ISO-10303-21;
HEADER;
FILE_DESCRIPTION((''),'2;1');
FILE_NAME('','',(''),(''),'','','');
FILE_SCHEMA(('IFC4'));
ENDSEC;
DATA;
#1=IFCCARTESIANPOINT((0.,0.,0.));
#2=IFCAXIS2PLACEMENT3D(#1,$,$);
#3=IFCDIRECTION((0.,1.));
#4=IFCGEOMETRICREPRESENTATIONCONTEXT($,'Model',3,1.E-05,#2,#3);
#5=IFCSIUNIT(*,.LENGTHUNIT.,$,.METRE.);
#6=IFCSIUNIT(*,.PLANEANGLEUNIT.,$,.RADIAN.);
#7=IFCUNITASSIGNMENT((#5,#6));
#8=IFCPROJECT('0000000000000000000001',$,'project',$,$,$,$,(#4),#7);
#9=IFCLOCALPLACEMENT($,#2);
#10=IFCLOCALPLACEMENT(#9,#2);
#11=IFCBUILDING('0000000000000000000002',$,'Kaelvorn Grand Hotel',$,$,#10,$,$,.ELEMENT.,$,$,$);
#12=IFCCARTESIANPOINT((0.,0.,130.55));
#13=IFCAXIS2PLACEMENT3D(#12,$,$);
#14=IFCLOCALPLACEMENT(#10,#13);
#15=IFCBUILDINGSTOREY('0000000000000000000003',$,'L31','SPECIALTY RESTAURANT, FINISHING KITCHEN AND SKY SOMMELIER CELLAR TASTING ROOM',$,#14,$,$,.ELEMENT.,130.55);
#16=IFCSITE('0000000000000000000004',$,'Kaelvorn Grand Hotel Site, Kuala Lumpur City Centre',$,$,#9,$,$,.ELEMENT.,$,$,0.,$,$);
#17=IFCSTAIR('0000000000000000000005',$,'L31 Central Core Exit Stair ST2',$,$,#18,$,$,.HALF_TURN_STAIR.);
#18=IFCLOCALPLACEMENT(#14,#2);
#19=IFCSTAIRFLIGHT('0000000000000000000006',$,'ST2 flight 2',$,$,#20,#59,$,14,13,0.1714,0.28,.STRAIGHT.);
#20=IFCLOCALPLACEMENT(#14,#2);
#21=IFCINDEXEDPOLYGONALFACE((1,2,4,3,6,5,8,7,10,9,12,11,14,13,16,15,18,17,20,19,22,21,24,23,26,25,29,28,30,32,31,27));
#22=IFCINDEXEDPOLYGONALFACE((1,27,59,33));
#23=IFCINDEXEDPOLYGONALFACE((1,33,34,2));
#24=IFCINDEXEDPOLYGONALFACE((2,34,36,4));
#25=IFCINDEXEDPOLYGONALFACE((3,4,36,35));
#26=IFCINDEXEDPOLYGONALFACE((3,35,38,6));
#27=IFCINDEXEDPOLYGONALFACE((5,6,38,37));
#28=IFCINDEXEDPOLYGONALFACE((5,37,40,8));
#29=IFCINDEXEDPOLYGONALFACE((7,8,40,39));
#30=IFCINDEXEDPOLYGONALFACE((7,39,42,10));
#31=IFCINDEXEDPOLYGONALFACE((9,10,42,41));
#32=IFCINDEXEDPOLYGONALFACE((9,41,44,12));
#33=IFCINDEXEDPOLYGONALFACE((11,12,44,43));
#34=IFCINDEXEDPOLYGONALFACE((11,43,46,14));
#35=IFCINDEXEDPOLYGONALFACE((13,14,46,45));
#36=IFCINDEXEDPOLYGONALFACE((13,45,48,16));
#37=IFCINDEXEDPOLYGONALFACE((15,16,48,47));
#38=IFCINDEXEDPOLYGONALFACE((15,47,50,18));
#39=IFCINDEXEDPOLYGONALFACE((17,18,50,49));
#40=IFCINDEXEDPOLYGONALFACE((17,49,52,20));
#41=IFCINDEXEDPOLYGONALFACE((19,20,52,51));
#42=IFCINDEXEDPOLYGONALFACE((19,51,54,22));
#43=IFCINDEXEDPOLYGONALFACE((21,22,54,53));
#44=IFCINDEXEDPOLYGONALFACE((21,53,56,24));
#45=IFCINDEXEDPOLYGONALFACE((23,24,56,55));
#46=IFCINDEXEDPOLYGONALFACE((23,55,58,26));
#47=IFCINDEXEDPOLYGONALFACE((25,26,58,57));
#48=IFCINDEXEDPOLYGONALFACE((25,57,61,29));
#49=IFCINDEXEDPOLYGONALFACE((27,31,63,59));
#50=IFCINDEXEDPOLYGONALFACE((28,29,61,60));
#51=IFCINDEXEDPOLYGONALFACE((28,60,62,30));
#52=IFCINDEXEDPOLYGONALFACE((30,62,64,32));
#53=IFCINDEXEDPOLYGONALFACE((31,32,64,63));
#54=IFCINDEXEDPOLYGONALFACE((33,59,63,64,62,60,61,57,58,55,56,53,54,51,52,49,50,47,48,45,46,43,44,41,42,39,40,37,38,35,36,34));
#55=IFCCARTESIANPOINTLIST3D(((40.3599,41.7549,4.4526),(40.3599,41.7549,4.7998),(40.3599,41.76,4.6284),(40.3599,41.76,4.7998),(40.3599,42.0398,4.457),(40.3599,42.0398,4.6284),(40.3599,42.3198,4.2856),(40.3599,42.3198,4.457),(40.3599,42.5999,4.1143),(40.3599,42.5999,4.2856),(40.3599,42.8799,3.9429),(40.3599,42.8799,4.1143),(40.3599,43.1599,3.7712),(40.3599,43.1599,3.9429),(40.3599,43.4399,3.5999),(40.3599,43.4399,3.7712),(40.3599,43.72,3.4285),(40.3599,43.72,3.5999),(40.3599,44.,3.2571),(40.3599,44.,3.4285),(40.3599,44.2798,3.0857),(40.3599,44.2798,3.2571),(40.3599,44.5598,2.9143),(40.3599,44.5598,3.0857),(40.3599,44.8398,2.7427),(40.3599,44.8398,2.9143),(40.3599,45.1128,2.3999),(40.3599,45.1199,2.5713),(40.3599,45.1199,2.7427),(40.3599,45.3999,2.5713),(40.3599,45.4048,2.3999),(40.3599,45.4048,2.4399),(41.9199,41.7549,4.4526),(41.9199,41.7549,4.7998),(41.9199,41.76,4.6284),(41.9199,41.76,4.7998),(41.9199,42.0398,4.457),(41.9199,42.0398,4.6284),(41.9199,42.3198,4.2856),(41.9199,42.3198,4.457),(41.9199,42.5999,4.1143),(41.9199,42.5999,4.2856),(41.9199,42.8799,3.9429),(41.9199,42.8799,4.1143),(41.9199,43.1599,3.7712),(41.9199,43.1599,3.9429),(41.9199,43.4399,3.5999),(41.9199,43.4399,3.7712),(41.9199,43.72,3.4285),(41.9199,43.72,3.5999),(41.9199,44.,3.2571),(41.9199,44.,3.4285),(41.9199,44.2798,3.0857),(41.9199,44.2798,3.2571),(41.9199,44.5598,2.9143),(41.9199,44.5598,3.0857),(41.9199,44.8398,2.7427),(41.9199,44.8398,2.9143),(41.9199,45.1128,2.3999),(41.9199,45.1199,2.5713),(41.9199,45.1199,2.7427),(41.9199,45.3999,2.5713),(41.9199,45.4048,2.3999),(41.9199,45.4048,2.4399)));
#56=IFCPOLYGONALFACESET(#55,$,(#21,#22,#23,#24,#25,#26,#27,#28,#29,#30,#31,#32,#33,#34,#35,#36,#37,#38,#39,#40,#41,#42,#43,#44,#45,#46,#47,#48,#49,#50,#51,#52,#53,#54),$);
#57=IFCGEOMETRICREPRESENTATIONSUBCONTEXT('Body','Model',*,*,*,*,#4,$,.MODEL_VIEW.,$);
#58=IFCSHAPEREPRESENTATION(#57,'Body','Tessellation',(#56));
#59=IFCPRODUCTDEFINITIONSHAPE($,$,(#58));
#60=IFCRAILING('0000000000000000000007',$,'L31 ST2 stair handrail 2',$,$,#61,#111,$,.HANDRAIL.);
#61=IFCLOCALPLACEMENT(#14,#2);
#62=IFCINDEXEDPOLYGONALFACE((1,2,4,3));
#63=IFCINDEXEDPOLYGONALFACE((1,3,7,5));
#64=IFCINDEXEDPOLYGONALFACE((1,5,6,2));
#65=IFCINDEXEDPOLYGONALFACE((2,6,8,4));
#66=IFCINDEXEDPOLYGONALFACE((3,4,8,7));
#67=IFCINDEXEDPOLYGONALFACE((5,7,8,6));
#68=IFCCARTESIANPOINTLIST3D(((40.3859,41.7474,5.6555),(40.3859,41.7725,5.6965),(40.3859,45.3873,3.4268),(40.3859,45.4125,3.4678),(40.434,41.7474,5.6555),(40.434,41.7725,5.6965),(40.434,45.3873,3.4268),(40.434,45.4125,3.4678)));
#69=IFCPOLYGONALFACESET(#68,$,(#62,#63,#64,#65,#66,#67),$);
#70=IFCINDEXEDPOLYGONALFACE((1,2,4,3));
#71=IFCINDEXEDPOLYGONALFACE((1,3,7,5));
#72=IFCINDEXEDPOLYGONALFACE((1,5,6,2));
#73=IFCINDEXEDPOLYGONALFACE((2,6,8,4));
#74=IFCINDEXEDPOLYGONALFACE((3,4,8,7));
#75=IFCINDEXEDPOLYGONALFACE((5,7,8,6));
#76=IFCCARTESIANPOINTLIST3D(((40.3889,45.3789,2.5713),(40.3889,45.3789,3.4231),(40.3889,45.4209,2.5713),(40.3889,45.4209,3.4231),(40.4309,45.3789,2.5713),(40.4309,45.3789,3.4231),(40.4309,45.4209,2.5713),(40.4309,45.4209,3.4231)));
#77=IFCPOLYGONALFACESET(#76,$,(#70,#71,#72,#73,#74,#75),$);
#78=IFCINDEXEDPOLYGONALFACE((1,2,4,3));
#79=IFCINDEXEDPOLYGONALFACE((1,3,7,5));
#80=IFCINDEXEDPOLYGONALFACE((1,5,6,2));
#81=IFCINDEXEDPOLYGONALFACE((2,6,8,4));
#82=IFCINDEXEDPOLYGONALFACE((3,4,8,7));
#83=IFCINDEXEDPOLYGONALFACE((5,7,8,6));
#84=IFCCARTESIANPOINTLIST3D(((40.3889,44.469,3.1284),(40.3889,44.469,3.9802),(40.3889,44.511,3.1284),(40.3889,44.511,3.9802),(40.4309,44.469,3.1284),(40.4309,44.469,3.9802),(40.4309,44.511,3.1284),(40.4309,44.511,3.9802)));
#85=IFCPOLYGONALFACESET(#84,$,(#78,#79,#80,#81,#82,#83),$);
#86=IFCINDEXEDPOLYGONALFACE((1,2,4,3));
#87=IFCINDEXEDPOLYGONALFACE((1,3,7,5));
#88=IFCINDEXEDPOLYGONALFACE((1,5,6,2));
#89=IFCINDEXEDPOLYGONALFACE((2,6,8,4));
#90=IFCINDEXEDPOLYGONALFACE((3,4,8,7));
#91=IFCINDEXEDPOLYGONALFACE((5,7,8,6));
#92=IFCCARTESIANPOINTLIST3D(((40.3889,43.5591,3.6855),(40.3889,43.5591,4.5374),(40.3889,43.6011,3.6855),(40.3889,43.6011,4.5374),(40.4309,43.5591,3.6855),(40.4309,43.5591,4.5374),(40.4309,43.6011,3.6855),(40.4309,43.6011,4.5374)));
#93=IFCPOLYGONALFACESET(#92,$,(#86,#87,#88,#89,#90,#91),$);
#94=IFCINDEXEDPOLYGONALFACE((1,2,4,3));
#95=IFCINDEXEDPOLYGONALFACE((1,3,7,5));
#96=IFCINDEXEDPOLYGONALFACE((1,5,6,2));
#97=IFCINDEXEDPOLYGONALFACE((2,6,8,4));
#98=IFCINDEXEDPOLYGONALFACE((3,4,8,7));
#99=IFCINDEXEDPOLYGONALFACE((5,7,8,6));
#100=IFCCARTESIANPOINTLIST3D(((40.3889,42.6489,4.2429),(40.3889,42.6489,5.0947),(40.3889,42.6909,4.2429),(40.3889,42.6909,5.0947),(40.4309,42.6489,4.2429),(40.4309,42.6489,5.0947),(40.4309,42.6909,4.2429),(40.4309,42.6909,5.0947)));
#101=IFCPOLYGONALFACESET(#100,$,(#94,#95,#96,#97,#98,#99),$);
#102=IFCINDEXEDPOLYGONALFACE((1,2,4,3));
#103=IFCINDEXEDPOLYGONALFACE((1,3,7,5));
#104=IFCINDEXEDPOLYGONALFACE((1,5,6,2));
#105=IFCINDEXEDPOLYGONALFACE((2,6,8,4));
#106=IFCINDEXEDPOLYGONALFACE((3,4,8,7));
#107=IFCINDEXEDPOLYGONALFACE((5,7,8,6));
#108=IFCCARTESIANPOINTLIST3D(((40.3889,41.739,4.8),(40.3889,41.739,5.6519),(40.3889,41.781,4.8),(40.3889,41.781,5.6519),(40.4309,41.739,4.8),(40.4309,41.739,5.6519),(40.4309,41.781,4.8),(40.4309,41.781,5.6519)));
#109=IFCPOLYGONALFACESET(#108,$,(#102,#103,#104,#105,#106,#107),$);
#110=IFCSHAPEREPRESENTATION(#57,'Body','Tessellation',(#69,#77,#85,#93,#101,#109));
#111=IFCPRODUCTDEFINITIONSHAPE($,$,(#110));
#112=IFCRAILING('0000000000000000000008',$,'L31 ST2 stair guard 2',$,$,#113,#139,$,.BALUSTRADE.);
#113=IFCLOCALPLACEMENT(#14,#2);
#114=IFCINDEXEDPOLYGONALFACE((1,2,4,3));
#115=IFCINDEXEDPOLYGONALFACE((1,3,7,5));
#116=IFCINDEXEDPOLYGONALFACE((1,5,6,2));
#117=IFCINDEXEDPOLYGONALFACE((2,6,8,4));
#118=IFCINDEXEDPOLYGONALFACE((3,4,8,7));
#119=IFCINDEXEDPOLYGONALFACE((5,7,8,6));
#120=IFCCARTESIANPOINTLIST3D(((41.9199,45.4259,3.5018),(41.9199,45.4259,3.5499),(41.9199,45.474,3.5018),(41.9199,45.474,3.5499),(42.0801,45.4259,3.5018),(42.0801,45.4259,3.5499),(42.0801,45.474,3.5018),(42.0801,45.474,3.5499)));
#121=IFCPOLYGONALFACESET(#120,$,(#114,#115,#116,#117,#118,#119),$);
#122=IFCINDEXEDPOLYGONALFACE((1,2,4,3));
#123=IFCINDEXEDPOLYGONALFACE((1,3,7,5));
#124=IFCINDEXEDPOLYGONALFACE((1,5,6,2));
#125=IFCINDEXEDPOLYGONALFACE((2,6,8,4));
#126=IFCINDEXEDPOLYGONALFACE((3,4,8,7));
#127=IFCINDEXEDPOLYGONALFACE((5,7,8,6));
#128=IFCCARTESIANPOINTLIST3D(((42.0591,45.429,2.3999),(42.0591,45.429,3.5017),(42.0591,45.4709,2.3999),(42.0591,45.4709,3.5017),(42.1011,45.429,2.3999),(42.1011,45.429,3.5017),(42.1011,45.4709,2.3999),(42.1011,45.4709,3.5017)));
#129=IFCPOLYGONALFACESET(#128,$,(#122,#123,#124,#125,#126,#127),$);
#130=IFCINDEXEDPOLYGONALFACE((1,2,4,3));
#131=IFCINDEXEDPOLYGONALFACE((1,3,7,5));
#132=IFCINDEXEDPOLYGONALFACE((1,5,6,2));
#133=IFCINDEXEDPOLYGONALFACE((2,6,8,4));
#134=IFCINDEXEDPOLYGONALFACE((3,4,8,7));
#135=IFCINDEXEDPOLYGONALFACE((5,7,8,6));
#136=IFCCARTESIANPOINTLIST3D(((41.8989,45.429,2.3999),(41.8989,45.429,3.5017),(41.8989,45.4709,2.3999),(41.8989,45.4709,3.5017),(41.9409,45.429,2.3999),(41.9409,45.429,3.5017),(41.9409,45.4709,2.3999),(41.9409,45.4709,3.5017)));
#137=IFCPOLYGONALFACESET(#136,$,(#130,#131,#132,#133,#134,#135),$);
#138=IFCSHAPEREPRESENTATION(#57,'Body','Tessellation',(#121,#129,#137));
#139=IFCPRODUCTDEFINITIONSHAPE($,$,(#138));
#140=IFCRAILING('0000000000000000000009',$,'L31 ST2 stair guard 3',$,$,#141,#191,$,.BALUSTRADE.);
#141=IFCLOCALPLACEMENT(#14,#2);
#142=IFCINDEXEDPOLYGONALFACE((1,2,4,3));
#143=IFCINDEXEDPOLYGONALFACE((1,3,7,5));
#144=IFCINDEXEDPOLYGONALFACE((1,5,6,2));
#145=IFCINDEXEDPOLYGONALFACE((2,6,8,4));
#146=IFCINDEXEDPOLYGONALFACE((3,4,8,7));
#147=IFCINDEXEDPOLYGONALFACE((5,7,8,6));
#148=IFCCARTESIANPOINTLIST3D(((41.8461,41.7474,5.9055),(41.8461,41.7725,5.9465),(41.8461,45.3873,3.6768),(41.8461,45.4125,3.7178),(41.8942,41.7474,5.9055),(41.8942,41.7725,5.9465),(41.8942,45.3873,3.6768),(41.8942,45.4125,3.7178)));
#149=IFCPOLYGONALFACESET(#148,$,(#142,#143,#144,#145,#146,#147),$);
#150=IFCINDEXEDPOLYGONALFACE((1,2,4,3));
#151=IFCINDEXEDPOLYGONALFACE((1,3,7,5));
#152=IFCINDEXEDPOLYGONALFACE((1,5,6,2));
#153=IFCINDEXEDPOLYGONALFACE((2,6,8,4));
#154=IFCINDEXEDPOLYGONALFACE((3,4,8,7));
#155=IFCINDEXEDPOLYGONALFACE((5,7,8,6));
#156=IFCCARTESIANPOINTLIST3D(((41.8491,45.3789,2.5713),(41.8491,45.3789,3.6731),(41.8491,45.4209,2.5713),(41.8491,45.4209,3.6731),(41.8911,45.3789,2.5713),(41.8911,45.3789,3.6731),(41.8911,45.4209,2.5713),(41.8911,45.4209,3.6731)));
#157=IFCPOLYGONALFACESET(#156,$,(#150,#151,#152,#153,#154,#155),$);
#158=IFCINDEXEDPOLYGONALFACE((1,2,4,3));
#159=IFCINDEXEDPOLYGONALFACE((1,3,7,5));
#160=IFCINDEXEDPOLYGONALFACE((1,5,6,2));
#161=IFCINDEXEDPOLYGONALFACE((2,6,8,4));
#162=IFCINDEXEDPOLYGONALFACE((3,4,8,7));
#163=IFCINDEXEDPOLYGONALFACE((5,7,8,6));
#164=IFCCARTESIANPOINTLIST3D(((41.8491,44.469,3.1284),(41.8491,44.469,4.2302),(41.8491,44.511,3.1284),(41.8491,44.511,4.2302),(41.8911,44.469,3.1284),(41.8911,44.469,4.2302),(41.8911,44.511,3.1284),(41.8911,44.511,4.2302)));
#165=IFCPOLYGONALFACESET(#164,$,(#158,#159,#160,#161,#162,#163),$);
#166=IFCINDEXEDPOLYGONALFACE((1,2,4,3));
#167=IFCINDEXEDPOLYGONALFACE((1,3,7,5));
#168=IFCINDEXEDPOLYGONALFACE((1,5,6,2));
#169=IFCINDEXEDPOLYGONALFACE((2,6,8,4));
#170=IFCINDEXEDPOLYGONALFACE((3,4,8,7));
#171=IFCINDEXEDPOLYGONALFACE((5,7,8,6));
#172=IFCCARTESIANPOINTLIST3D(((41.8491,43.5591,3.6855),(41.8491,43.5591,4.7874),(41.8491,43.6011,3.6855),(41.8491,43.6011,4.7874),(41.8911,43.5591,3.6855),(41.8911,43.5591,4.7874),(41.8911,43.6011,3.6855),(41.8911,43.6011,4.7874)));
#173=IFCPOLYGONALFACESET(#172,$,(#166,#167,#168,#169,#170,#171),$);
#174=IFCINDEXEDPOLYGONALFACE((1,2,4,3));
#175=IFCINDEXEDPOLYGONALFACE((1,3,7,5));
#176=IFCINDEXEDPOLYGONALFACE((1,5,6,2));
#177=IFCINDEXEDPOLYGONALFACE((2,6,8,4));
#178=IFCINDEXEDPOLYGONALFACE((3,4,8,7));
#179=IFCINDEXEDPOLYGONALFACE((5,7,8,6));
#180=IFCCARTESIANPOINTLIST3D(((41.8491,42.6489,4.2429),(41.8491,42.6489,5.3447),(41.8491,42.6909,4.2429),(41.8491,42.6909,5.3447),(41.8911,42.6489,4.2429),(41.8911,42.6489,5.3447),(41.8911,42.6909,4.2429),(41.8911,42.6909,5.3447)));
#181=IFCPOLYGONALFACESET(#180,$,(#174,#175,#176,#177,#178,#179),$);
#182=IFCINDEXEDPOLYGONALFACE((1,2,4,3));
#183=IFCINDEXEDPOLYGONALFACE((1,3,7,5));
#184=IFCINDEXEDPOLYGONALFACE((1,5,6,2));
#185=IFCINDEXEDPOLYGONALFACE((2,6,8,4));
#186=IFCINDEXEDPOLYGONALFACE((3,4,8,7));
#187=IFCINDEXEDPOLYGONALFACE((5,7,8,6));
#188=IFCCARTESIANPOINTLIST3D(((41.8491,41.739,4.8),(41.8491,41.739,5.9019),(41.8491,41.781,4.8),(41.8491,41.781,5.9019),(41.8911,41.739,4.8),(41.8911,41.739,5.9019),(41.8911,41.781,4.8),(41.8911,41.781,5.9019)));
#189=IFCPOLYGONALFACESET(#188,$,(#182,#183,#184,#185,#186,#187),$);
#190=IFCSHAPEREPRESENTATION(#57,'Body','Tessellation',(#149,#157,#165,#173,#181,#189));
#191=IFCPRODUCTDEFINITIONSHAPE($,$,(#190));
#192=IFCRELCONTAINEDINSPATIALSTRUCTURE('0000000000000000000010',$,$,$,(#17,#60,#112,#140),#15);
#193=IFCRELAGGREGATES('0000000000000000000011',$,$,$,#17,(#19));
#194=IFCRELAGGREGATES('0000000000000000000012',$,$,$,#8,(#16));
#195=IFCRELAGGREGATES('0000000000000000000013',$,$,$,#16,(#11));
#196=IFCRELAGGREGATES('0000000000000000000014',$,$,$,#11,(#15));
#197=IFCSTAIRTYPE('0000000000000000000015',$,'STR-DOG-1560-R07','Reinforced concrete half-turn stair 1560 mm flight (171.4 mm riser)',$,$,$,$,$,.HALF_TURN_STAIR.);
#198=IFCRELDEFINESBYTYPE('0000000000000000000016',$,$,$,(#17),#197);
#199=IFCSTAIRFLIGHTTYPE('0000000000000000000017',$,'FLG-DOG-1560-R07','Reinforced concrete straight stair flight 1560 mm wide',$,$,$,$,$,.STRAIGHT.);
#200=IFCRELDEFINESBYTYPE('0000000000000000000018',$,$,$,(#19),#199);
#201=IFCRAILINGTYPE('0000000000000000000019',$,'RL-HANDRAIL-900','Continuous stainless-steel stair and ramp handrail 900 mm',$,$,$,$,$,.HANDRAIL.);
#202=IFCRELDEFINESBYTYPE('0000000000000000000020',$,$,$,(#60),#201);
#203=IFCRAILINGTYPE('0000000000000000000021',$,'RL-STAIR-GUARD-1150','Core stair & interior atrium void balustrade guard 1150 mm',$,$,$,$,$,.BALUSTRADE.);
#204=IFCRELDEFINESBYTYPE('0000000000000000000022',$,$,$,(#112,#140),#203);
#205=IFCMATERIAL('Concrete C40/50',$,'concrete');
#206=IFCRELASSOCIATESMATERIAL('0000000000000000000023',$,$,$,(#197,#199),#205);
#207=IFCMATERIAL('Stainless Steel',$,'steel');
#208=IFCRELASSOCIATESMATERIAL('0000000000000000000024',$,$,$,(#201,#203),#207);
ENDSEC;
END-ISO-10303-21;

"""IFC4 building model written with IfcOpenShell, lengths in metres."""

from ifc_helpers import new_model, si_unit, direction, frame, origin, origin_2d, place, context, subcontext, project, spatial, polyline, rectangle, outline, extrude, material, type_object, element, aggregate, save


model = new_model("IFC4")

# Units and contexts
model_context = context("Model", 3, precision=1e-05, world=origin(), true_north=direction((0.0, 1.0)))
body_context = subcontext(model_context, "Body", "Model", "MODEL_VIEW")
ifc_project = project(units=[si_unit("LENGTHUNIT", "METRE"), si_unit("PLANEANGLEUNIT", "RADIAN")], contexts=[model_context])

# Site, building, storey
site_placement = place(None, origin())
site = spatial("IfcSite", under=ifc_project, at=site_placement, Name="Kaelvorn Grand Hotel Site, Kuala Lumpur City Centre", CompositionType="ELEMENT", RefElevation=0.0)
building_placement = place(site_placement, origin())
building = spatial("IfcBuilding", under=site, at=building_placement, Name="Kaelvorn Grand Hotel", CompositionType="ELEMENT")
storey_placement = place(building_placement, frame((0.0, 0.0, 130.55)))
storey = spatial("IfcBuildingStorey", under=building, at=storey_placement, Name="L31", Description="SPECIALTY RESTAURANT, FINISHING KITCHEN AND SKY SOMMELIER CELLAR TASTING ROOM", CompositionType="ELEMENT", Elevation=130.55)

# Shared definitions
ifc_material_1 = material(Name="Concrete C40/50", Category="concrete")

# Stair, stair flight
stair_type = type_object("IfcStairType", Name="STR-DOG-1560-R07", Description="Reinforced concrete half-turn stair 1560 mm flight (171.4 mm riser)", PredefinedType="HALF_TURN_STAIR", material=ifc_material_1)
stair_placement = place(storey_placement, origin())
stair = element("IfcStair", 1, at=stair_placement, inside=storey, type_object=stair_type, Name="L31 Central Core Exit Stair ST2", PredefinedType="HALF_TURN_STAIR")
stair_flight_type = type_object("IfcStairFlightType", Name="FLG-DOG-1560-R07", Description="Reinforced concrete straight stair flight 1560 mm wide", PredefinedType="STRAIGHT", material=ifc_material_1)
stair_flight_placement = place(storey_placement, frame((41.1399, 45.3999, 2.3999), z_axis=(0.0, 0.0, 1.0), x_axis=(0.0, -1.0, 0.0)))
stair_flight = element("IfcStairFlight", 2, at=stair_flight_placement, type_object=stair_flight_type, Name="ST2 flight 2", NumberOfRisers=14, NumberOfTreads=13, PredefinedType="STRAIGHT", RiserHeight=0.1714, TreadLength=0.28, context=body_context, shape_type="SweptSolid", body=[
    extrude(outline(polyline([(-0.0049, 0.0), (-0.0049, 0.04), (0.0, 0.1714), (0.28, 0.1714), (0.28, 0.3428), (0.5601, 0.3428), (0.5601, 0.5144), (0.8401, 0.5144), (0.8401, 0.6858), (1.1201, 0.6858), (1.1201, 0.8572), (1.3999, 0.8572), (1.3999, 1.0286), (1.6799, 1.0286), (1.6799, 1.2), (1.96, 1.2), (1.96, 1.3713), (2.24, 1.3713), (2.24, 1.543), (2.52, 1.543), (2.52, 1.7144), (2.8, 1.7144), (2.8, 1.8857), (3.0801, 1.8857), (3.0801, 2.0571), (3.3601, 2.0571), (3.3601, 2.2285), (3.6399, 2.2285), (3.6399, 2.3999), (3.645, 2.3999), (3.645, 2.0527), (0.2871, 0.0), (-0.0049, 0.0)])), frame((0.0, 0.78, 0.0), z_axis=(0.0, -1.0, 0.0), x_axis=(1.0, 0.0, 0.0)), (0.0, 0.0, 1.0), 1.5601),
])
aggregate(stair, [stair_flight])

# Railings
ifc_material_2 = material(Name="Stainless Steel", Category="steel")
railing_type_1 = type_object("IfcRailingType", Name="RL-HANDRAIL-900", Description="Continuous stainless-steel stair and ramp handrail 900 mm", PredefinedType="HANDRAIL", material=ifc_material_2)
railing_1_placement = place(storey_placement, frame((40.4099, 45.3999, 2.5713)))
element("IfcRailing", 3, at=railing_1_placement, inside=storey, type_object=railing_type_1, Name="L31 ST2 stair handrail 2", PredefinedType="HANDRAIL", context=body_context, shape_type="SweptSolid", body=[
    extrude(rectangle(XDim=0.0481, YDim=0.0481, at=origin_2d()), frame((0.0, 0.0, 0.876), z_axis=(0.0, -0.852825, 0.522197), x_axis=(1.0, 0.0, 0.0)), (0.0, 0.0, 1.0), 4.2681),
    extrude(rectangle(XDim=0.042, YDim=0.042, at=origin_2d()), origin(), (0.0, 0.0, 1.0), 0.8518),
    extrude(rectangle(XDim=0.042, YDim=0.042, at=origin_2d()), frame((0.0, -0.9099, 0.5571)), (0.0, 0.0, 1.0), 0.8518),
    extrude(rectangle(XDim=0.042, YDim=0.042, at=origin_2d()), frame((0.0, -1.8198, 1.1143)), (0.0, 0.0, 1.0), 0.8518),
    extrude(rectangle(XDim=0.042, YDim=0.042, at=origin_2d()), frame((0.0, -2.73, 1.6716)), (0.0, 0.0, 1.0), 0.8518),
    extrude(rectangle(XDim=0.042, YDim=0.042, at=origin_2d()), frame((0.0, -3.6399, 2.2288)), (0.0, 0.0, 1.0), 0.8518),
])
railing_type_2 = type_object("IfcRailingType", Name="RL-STAIR-GUARD-1150", Description="Core stair & interior atrium void balustrade guard 1150 mm", PredefinedType="BALUSTRADE", material=ifc_material_2)
railing_2_placement = place(storey_placement, frame((42.0801, 45.45, 2.3999)))
element("IfcRailing", 4, at=railing_2_placement, inside=storey, type_object=railing_type_2, Name="L31 ST2 stair guard 2", PredefinedType="BALUSTRADE", context=body_context, shape_type="SweptSolid", body=[
    extrude(rectangle(XDim=0.0481, YDim=0.0481, at=origin_2d()), frame((0.0, 0.0, 1.126), z_axis=(-1.0, 0.0, 0.0), x_axis=(0.0, -1.0, 0.0)), (0.0, 0.0, 1.0), 0.1602),
    extrude(rectangle(XDim=0.042, YDim=0.042, at=origin_2d()), origin(), (0.0, 0.0, 1.0), 1.1018),
    extrude(rectangle(XDim=0.042, YDim=0.042, at=origin_2d()), frame((-0.1602, 0.0, 0.0)), (0.0, 0.0, 1.0), 1.1018),
])
railing_3_placement = place(storey_placement, frame((41.8701, 45.3999, 2.5713)))
element("IfcRailing", 5, at=railing_3_placement, inside=storey, type_object=railing_type_2, Name="L31 ST2 stair guard 3", PredefinedType="BALUSTRADE", context=body_context, shape_type="SweptSolid", body=[
    extrude(rectangle(XDim=0.0481, YDim=0.0481, at=origin_2d()), frame((0.0, 0.0, 1.126), z_axis=(0.0, -0.852825, 0.522197), x_axis=(1.0, 0.0, 0.0)), (0.0, 0.0, 1.0), 4.2681),
    extrude(rectangle(XDim=0.042, YDim=0.042, at=origin_2d()), origin(), (0.0, 0.0, 1.0), 1.1018),
    extrude(rectangle(XDim=0.042, YDim=0.042, at=origin_2d()), frame((0.0, -0.9099, 0.5571)), (0.0, 0.0, 1.0), 1.1018),
    extrude(rectangle(XDim=0.042, YDim=0.042, at=origin_2d()), frame((0.0, -1.8198, 1.1143)), (0.0, 0.0, 1.0), 1.1018),
    extrude(rectangle(XDim=0.042, YDim=0.042, at=origin_2d()), frame((0.0, -2.73, 1.6716)), (0.0, 0.0, 1.0), 1.1018),
    extrude(rectangle(XDim=0.042, YDim=0.042, at=origin_2d()), frame((0.0, -3.6399, 2.2288)), (0.0, 0.0, 1.0), 1.1018),
])

save(model, "model.ifc")
